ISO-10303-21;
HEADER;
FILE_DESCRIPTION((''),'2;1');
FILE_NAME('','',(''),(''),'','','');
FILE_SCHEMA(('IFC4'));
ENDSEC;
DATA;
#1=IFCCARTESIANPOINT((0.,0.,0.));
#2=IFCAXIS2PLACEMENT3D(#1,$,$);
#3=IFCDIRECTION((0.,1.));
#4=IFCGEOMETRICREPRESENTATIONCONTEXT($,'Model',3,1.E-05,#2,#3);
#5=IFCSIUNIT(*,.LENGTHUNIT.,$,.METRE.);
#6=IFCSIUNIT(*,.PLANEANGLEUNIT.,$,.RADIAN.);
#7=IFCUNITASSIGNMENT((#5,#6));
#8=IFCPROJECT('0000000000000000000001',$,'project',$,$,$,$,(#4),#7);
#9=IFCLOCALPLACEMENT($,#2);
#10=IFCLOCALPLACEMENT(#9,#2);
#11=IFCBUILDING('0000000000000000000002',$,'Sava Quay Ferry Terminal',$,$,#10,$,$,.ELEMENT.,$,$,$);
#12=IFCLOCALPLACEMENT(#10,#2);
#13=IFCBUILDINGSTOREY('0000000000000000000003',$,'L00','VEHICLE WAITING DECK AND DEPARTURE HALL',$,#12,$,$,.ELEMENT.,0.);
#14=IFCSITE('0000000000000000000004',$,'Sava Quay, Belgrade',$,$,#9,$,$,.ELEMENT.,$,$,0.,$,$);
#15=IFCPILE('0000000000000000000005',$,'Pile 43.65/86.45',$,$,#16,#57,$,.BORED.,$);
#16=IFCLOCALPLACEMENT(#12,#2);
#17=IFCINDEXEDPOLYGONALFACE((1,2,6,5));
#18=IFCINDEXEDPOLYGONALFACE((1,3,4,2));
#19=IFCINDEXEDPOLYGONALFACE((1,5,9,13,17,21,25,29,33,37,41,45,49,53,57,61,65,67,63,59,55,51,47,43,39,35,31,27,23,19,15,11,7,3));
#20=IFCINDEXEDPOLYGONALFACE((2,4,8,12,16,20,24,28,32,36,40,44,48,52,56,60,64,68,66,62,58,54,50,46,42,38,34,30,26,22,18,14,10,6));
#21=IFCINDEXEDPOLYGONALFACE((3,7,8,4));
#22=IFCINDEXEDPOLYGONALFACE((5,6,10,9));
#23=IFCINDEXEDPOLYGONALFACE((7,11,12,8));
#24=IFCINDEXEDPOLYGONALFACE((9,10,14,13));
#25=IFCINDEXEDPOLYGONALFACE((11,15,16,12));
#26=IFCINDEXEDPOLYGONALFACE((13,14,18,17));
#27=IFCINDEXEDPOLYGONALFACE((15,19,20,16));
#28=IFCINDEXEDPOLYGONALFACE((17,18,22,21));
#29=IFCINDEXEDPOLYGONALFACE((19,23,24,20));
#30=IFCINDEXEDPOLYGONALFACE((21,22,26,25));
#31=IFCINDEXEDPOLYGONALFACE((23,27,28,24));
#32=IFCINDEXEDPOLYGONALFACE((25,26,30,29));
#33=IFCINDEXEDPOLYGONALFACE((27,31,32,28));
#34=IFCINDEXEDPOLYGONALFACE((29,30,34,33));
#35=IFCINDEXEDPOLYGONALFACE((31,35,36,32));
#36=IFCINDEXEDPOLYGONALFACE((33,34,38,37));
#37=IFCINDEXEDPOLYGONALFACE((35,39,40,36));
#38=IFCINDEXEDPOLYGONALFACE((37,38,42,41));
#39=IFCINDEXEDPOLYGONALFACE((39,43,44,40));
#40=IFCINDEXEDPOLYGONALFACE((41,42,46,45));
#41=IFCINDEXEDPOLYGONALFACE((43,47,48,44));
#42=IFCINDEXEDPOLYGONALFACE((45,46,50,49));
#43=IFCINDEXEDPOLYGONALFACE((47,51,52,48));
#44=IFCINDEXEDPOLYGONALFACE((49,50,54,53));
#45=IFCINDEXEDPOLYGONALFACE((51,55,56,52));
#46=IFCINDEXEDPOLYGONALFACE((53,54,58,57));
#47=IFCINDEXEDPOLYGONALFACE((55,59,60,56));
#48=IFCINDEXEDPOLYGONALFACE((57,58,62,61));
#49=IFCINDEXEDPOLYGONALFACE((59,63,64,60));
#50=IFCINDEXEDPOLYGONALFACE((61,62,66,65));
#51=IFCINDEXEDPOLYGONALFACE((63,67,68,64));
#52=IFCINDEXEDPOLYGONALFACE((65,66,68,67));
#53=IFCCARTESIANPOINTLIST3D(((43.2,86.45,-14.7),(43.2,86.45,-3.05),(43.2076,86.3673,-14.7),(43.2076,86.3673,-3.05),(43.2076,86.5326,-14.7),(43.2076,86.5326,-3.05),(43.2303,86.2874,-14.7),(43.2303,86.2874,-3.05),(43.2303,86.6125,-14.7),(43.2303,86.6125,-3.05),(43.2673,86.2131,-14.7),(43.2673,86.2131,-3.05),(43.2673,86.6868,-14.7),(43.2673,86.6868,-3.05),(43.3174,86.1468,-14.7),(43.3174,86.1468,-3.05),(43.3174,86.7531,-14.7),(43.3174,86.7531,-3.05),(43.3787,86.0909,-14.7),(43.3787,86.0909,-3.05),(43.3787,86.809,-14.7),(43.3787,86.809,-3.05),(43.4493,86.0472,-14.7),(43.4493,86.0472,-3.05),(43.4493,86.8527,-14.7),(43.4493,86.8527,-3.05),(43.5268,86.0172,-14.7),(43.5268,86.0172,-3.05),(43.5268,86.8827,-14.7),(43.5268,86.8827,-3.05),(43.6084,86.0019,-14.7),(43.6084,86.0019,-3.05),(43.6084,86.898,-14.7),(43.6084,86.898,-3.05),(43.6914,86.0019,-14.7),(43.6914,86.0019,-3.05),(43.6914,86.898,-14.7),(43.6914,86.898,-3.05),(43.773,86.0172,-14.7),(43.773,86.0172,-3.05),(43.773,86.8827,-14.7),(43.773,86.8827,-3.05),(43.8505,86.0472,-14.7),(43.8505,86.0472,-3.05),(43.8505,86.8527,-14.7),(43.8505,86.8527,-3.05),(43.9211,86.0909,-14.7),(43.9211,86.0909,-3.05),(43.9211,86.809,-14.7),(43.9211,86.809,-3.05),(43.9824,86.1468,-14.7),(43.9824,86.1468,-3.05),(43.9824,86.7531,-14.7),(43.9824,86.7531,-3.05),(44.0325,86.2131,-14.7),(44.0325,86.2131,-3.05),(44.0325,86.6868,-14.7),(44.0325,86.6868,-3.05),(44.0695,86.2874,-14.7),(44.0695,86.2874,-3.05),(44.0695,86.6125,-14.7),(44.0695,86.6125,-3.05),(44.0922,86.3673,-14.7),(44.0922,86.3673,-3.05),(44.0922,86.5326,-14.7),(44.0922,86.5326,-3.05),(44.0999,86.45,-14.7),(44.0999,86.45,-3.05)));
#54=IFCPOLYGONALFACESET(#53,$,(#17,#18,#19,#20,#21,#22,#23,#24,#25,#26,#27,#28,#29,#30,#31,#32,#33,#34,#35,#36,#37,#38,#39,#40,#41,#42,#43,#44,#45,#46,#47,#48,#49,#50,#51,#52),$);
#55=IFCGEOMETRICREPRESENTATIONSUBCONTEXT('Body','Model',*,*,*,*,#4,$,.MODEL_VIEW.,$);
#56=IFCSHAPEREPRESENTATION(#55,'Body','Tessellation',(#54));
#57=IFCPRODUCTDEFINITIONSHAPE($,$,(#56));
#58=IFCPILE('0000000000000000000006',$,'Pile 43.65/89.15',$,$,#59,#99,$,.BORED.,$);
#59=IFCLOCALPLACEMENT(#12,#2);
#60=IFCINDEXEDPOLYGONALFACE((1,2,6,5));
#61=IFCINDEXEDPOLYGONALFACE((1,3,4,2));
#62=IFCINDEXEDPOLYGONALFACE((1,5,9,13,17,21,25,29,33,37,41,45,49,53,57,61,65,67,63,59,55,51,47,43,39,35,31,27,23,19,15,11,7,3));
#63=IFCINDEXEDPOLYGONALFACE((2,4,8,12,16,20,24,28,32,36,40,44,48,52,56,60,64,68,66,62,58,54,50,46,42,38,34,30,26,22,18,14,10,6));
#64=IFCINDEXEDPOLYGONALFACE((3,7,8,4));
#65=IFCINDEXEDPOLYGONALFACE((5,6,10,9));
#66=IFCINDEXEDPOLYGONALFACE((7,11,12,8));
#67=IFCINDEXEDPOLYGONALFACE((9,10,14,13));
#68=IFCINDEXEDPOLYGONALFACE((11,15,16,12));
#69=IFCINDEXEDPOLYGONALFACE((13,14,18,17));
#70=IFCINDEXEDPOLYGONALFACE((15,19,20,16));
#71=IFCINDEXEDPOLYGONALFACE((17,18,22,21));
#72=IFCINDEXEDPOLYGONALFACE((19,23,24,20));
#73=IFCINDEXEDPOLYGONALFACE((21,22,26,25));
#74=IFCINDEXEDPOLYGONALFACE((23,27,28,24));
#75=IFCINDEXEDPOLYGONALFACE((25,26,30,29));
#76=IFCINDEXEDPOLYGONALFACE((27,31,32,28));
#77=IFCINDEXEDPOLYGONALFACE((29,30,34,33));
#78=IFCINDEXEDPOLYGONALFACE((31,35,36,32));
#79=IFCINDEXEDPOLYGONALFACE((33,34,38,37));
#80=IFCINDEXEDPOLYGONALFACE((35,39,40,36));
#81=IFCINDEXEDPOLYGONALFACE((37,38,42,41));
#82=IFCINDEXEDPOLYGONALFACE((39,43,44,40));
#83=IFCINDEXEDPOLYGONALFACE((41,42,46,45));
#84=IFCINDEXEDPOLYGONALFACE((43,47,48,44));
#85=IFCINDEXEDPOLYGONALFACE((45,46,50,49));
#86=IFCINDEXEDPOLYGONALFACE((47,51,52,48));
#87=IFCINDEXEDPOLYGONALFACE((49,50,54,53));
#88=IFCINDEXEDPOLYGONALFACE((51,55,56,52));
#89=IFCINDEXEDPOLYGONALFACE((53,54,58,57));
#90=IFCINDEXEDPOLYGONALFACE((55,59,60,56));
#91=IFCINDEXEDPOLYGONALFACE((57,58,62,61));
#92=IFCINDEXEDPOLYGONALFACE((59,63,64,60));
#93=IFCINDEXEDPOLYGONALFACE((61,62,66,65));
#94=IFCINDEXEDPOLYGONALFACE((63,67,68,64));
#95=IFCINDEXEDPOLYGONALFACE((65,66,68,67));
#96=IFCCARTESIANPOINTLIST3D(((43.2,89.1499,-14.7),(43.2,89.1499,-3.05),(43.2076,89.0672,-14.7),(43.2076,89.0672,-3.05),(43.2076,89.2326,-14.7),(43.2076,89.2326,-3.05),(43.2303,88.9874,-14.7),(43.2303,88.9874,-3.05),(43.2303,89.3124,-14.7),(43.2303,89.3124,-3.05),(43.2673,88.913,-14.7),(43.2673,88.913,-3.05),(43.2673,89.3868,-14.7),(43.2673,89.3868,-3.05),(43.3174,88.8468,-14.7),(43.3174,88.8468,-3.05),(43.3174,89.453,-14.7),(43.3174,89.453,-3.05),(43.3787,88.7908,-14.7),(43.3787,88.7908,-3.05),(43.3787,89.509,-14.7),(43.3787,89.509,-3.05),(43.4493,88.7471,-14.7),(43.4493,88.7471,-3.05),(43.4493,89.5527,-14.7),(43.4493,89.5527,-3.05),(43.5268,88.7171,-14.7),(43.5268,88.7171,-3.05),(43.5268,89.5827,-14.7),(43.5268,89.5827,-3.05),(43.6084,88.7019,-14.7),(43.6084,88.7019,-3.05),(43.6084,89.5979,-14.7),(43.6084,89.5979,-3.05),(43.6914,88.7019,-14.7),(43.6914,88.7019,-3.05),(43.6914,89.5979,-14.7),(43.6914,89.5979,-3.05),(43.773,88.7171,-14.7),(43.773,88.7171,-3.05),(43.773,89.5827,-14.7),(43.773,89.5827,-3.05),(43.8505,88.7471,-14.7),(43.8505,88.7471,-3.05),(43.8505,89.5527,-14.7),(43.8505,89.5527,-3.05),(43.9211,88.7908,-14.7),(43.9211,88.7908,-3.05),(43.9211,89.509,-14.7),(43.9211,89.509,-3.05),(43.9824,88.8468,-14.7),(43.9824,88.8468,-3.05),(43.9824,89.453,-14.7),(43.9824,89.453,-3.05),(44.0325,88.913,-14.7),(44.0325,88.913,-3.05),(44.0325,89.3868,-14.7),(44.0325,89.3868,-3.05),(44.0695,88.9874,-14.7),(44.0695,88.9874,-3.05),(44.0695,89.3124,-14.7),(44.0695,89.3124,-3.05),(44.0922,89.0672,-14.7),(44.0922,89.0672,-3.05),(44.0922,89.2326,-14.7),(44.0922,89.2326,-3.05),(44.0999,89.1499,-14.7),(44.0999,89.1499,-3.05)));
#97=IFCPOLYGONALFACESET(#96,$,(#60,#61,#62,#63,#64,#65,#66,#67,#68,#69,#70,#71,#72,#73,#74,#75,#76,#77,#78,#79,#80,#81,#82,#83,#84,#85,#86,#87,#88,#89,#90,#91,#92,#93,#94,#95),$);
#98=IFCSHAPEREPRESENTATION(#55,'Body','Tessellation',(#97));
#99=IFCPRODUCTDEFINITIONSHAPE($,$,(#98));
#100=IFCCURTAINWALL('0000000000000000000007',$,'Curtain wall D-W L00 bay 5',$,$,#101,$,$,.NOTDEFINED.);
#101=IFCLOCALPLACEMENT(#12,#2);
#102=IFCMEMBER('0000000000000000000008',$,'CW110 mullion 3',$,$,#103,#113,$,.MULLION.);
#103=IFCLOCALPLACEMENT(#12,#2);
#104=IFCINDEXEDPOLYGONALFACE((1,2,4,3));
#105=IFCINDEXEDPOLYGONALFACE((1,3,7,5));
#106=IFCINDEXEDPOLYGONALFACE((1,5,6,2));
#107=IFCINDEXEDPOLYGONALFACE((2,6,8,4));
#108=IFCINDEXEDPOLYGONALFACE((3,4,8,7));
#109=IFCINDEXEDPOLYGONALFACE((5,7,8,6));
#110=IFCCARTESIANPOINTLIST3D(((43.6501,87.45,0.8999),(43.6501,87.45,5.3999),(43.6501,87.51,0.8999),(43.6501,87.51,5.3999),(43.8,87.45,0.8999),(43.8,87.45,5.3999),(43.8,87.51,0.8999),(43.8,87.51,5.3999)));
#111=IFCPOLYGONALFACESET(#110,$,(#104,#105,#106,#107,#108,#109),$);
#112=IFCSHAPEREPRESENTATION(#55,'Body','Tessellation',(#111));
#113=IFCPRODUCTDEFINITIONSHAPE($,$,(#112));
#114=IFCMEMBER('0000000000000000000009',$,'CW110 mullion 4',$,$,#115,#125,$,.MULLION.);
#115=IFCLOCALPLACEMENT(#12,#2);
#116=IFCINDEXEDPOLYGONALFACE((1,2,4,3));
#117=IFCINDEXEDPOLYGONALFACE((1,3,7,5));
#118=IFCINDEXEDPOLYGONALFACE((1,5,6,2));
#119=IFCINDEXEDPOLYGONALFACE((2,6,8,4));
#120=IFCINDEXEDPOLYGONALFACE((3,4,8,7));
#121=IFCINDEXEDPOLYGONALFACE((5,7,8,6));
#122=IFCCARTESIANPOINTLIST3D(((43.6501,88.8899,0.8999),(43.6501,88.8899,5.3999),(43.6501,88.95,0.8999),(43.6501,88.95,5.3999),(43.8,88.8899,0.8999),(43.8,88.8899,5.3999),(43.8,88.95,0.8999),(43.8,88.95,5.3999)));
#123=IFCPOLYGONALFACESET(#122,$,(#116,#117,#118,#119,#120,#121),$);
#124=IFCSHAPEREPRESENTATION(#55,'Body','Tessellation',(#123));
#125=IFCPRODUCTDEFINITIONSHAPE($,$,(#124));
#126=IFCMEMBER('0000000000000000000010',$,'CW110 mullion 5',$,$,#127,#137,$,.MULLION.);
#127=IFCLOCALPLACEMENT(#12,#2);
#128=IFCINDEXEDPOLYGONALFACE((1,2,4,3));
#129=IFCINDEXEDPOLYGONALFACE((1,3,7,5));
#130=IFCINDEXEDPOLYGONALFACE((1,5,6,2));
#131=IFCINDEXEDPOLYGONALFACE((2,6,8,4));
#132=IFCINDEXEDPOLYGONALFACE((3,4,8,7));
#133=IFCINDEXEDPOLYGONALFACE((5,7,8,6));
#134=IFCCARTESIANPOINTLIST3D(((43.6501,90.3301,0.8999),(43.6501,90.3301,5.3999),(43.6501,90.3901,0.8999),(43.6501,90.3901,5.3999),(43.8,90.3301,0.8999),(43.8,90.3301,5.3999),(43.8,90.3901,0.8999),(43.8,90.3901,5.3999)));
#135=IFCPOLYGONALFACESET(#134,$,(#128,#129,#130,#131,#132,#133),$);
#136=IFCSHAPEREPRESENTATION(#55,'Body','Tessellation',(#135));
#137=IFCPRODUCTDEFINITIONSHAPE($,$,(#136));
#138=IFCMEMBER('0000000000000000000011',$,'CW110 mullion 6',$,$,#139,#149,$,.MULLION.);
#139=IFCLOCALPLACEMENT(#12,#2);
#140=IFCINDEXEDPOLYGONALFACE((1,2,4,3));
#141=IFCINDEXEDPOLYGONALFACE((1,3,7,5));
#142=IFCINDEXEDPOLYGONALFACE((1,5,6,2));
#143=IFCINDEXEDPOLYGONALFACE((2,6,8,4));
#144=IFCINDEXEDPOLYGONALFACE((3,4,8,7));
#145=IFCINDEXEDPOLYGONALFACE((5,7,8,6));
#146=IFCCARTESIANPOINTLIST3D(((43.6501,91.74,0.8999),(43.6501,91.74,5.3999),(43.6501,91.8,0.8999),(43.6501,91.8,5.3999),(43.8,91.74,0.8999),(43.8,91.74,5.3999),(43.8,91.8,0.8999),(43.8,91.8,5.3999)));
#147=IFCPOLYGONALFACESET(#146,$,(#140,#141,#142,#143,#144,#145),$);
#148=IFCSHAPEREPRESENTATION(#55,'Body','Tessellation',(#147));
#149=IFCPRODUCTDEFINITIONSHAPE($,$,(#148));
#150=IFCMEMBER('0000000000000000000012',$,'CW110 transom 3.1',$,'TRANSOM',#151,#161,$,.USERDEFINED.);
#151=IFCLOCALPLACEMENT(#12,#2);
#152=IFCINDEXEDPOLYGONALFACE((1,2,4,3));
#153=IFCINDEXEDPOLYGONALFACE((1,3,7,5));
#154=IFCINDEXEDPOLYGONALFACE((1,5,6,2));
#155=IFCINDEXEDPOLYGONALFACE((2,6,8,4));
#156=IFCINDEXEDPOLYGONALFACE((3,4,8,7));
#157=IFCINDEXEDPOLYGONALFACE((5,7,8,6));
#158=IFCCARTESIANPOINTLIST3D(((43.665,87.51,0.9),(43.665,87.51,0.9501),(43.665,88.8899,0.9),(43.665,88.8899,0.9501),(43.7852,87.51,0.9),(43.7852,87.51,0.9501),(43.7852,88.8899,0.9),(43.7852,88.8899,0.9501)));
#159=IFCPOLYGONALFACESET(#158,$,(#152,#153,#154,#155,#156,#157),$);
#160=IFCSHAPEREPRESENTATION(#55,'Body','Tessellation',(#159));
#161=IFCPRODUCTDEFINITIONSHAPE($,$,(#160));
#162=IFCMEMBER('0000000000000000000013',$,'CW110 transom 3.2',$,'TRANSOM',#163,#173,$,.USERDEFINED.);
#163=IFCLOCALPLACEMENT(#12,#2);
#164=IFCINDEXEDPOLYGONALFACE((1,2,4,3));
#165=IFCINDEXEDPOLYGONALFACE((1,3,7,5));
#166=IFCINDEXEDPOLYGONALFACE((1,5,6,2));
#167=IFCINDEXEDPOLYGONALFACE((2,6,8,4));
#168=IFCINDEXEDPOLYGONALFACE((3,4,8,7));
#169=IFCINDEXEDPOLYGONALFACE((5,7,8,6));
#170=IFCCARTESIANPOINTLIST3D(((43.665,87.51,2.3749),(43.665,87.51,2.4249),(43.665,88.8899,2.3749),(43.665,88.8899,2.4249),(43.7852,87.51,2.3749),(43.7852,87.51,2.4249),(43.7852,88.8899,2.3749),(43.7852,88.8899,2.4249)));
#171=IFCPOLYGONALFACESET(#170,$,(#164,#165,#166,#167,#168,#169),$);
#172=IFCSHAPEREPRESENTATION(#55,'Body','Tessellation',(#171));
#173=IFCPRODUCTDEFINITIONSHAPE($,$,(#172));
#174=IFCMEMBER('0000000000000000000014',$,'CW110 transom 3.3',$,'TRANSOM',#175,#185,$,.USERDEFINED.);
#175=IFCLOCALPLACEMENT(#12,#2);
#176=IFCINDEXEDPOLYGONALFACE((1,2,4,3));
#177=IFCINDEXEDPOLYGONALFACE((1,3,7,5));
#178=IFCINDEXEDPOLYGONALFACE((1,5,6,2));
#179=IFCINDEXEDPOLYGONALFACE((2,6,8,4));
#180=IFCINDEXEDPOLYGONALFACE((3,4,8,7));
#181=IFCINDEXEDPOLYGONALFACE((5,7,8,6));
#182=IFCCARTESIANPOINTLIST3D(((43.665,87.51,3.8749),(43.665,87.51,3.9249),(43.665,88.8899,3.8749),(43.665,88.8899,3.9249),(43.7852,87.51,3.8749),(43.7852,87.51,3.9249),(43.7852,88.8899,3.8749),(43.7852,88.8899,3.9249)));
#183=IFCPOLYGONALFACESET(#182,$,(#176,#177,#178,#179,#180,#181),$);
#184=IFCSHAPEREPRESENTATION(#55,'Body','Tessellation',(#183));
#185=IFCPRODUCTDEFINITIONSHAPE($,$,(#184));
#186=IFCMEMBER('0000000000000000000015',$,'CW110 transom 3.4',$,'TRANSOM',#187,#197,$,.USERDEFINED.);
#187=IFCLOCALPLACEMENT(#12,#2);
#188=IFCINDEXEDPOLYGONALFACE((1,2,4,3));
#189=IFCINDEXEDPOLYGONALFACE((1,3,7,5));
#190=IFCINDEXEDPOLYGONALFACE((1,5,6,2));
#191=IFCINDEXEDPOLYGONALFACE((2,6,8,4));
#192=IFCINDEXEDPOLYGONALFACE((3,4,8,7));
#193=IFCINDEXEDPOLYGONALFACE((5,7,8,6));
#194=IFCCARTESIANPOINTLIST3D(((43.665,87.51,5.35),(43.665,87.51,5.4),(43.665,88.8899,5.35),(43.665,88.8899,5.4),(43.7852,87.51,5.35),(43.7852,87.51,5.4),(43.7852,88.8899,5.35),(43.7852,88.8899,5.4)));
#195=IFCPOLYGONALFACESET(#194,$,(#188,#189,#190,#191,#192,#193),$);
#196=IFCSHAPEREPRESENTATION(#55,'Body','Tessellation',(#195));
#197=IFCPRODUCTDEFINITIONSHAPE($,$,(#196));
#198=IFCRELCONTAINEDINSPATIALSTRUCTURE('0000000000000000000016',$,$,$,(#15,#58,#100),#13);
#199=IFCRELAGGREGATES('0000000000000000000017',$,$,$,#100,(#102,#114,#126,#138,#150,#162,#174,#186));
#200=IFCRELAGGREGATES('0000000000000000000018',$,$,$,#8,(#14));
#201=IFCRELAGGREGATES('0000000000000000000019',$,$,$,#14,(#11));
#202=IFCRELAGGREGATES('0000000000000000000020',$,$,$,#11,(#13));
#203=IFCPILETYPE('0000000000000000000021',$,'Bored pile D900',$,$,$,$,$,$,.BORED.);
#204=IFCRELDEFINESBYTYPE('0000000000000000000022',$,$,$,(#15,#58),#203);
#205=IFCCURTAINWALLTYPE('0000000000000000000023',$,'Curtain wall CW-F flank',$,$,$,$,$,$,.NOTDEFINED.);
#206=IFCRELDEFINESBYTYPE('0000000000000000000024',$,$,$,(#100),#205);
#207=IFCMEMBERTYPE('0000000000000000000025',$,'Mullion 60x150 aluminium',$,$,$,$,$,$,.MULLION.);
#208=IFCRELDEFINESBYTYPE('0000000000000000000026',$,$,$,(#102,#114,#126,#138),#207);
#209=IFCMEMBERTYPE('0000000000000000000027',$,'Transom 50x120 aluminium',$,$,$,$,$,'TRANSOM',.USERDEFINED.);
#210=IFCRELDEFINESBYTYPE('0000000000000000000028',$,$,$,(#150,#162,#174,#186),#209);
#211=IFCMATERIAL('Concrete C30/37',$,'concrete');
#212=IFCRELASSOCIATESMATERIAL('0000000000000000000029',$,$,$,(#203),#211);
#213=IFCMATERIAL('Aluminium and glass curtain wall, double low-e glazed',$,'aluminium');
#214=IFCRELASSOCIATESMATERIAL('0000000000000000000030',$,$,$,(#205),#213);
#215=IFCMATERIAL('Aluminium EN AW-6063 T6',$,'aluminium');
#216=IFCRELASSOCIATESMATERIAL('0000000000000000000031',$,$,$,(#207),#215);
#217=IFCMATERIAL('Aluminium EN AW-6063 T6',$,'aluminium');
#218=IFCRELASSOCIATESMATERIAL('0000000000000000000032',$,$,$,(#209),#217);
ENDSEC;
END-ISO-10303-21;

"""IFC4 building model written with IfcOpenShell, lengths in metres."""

from ifc_helpers import new_model, si_unit, direction, frame, origin, origin_2d, place, context, subcontext, project, spatial, rectangle, circle, extrude, material, material_profile, profile_set, type_object, element, aggregate, save


model = new_model("IFC4")

# Units and contexts
model_context = context("Model", 3, precision=1e-05, world=origin(), true_north=direction((0.0, 1.0)))
body_context = subcontext(model_context, "Body", "Model", "MODEL_VIEW")
ifc_project = project(units=[si_unit("LENGTHUNIT", "METRE"), si_unit("PLANEANGLEUNIT", "RADIAN")], contexts=[model_context])

# Site, building, storey
site_placement = place(None, origin())
site = spatial("IfcSite", under=ifc_project, at=site_placement, Name="Sava Quay, Belgrade", CompositionType="ELEMENT", RefElevation=0.0)
building_placement = place(site_placement, origin())
building = spatial("IfcBuilding", under=site, at=building_placement, Name="Sava Quay Ferry Terminal", CompositionType="ELEMENT")
storey_placement = place(building_placement, origin())
storey = spatial("IfcBuildingStorey", under=building, at=storey_placement, Name="L00", Description="VEHICLE WAITING DECK AND DEPARTURE HALL", CompositionType="ELEMENT", Elevation=0.0)

# Piles
ifc_material_1 = material(Name="Concrete C30/37", Category="concrete")
ifc_material_profile_1 = material_profile(ifc_material_1, circle(Radius=0.45, at=origin_2d()), Name="Bored pile D900")
ifc_profile_set_1 = profile_set([ifc_material_profile_1], Name="Concrete C30/37")
pile_type = type_object("IfcPileType", Name="Bored pile D900", PredefinedType="BORED", material=ifc_profile_set_1)
for number, where, z_axis, x_axis, name in (
    (1, (43.6499, 86.45, -3.05), (0.0, 0.0, -1.0), (1.0, 0.0, 0.0), "Pile 43.65/86.45"),
    (2, (43.6499, 89.1499, -3.05), (0.0, 0.0, -1.0), (1.0, 0.0, 0.0), "Pile 43.65/89.15"),
):
    element("IfcPile", number, at=place(storey_placement, frame(where, z_axis=z_axis, x_axis=x_axis)), inside=storey, type_object=pile_type, Name=name, PredefinedType="BORED", context=body_context, shape_type="SweptSolid", body=[
        extrude(circle(Radius=0.45, at=origin_2d()), origin(), (0.0, 0.0, 1.0), 11.6499),
    ])

# Curtain wall, members
ifc_material_2 = material(Name="Aluminium and glass curtain wall, double low-e glazed", Category="aluminium")
curtain_wall_type = type_object("IfcCurtainWallType", Name="Curtain wall CW-F flank", PredefinedType="NOTDEFINED", material=ifc_material_2)
curtain_wall_placement = place(storey_placement, origin())
curtain_wall = element("IfcCurtainWall", 3, at=curtain_wall_placement, inside=storey, type_object=curtain_wall_type, Name="Curtain wall D-W L00 bay 5", PredefinedType="NOTDEFINED")
ifc_material_3 = material(Name="Aluminium EN AW-6063 T6", Category="aluminium")
ifc_material_profile_2 = material_profile(ifc_material_3, rectangle(XDim=0.1499, YDim=0.0601, at=origin_2d()), Name="Mullion 60x150 aluminium")
ifc_profile_set_2 = profile_set([ifc_material_profile_2], Name="Aluminium EN AW-6063 T6")
member_type_1 = type_object("IfcMemberType", Name="Mullion 60x150 aluminium", PredefinedType="MULLION", material=ifc_profile_set_2)
member_1_placement = place(storey_placement, frame((43.7251, 87.48, 0.8999), z_axis=(0.0, 0.0, 1.0), x_axis=(-1.0, 0.0, 0.0)))
member_1 = element("IfcMember", 4, at=member_1_placement, type_object=member_type_1, Name="CW110 mullion 3", PredefinedType="MULLION", context=body_context, shape_type="SweptSolid", body=[
    extrude(rectangle(XDim=0.1499, YDim=0.0601, at=origin_2d()), origin(), (0.0, 0.0, 1.0), 4.5),
])
member_2_placement = place(storey_placement, frame((43.7251, 88.9199, 0.8999), z_axis=(0.0, 0.0, 1.0), x_axis=(-1.0, 0.0, 0.0)))
member_2 = element("IfcMember", 5, at=member_2_placement, type_object=member_type_1, Name="CW110 mullion 4", PredefinedType="MULLION", context=body_context, shape_type="SweptSolid", body=[
    extrude(rectangle(XDim=0.1499, YDim=0.0601, at=origin_2d()), origin(), (0.0, 0.0, 1.0), 4.5),
])
member_3_placement = place(storey_placement, frame((43.7251, 90.3601, 0.8999), z_axis=(0.0, 0.0, 1.0), x_axis=(-1.0, 0.0, 0.0)))
member_3 = element("IfcMember", 6, at=member_3_placement, type_object=member_type_1, Name="CW110 mullion 5", PredefinedType="MULLION", context=body_context, shape_type="SweptSolid", body=[
    extrude(rectangle(XDim=0.1499, YDim=0.0601, at=origin_2d()), origin(), (0.0, 0.0, 1.0), 4.5),
])
member_4_placement = place(storey_placement, frame((43.7251, 91.77, 0.8999), z_axis=(0.0, 0.0, 1.0), x_axis=(-1.0, 0.0, 0.0)))
member_4 = element("IfcMember", 7, at=member_4_placement, type_object=member_type_1, Name="CW110 mullion 6", PredefinedType="MULLION", context=body_context, shape_type="SweptSolid", body=[
    extrude(rectangle(XDim=0.1499, YDim=0.0601, at=origin_2d()), origin(), (0.0, 0.0, 1.0), 4.5),
])
ifc_material_4 = material(Name="Aluminium EN AW-6063 T6", Category="aluminium")
ifc_material_profile_3 = material_profile(ifc_material_4, rectangle(XDim=0.1201, YDim=0.05, at=origin_2d()), Name="Transom 50x120 aluminium")
ifc_profile_set_3 = profile_set([ifc_material_profile_3], Name="Aluminium EN AW-6063 T6")
member_type_2 = type_object("IfcMemberType", Name="Transom 50x120 aluminium", ElementType="TRANSOM", PredefinedType="USERDEFINED", material=ifc_profile_set_3)
member_5_placement = place(storey_placement, frame((43.7251, 87.51, 0.925), z_axis=(0.0, 1.0, 0.0), x_axis=(-1.0, 0.0, 0.0)))
member_5 = element("IfcMember", 8, at=member_5_placement, type_object=member_type_2, Name="CW110 transom 3.1", ObjectType="TRANSOM", PredefinedType="USERDEFINED", context=body_context, shape_type="SweptSolid", body=[
    extrude(rectangle(XDim=0.1201, YDim=0.05, at=origin_2d()), origin(), (0.0, 0.0, 1.0), 1.3799),
])
member_6_placement = place(storey_placement, frame((43.7251, 87.51, 2.3999), z_axis=(0.0, 1.0, 0.0), x_axis=(-1.0, 0.0, 0.0)))
member_6 = element("IfcMember", 9, at=member_6_placement, type_object=member_type_2, Name="CW110 transom 3.2", ObjectType="TRANSOM", PredefinedType="USERDEFINED", context=body_context, shape_type="SweptSolid", body=[
    extrude(rectangle(XDim=0.1201, YDim=0.05, at=origin_2d()), origin(), (0.0, 0.0, 1.0), 1.3799),
])
member_7_placement = place(storey_placement, frame((43.7251, 87.51, 3.8999), z_axis=(0.0, 1.0, 0.0), x_axis=(-1.0, 0.0, 0.0)))
member_7 = element("IfcMember", 10, at=member_7_placement, type_object=member_type_2, Name="CW110 transom 3.3", ObjectType="TRANSOM", PredefinedType="USERDEFINED", context=body_context, shape_type="SweptSolid", body=[
    extrude(rectangle(XDim=0.1201, YDim=0.05, at=origin_2d()), origin(), (0.0, 0.0, 1.0), 1.3799),
])
member_8_placement = place(storey_placement, frame((43.7251, 87.51, 5.375), z_axis=(0.0, 1.0, 0.0), x_axis=(-1.0, 0.0, 0.0)))
member_8 = element("IfcMember", 11, at=member_8_placement, type_object=member_type_2, Name="CW110 transom 3.4", ObjectType="TRANSOM", PredefinedType="USERDEFINED", context=body_context, shape_type="SweptSolid", body=[
    extrude(rectangle(XDim=0.1201, YDim=0.05, at=origin_2d()), origin(), (0.0, 0.0, 1.0), 1.3799),
])
aggregate(curtain_wall, [member_1, member_2, member_3, member_4, member_5, member_6, member_7, member_8])

save(model, "model.ifc")
